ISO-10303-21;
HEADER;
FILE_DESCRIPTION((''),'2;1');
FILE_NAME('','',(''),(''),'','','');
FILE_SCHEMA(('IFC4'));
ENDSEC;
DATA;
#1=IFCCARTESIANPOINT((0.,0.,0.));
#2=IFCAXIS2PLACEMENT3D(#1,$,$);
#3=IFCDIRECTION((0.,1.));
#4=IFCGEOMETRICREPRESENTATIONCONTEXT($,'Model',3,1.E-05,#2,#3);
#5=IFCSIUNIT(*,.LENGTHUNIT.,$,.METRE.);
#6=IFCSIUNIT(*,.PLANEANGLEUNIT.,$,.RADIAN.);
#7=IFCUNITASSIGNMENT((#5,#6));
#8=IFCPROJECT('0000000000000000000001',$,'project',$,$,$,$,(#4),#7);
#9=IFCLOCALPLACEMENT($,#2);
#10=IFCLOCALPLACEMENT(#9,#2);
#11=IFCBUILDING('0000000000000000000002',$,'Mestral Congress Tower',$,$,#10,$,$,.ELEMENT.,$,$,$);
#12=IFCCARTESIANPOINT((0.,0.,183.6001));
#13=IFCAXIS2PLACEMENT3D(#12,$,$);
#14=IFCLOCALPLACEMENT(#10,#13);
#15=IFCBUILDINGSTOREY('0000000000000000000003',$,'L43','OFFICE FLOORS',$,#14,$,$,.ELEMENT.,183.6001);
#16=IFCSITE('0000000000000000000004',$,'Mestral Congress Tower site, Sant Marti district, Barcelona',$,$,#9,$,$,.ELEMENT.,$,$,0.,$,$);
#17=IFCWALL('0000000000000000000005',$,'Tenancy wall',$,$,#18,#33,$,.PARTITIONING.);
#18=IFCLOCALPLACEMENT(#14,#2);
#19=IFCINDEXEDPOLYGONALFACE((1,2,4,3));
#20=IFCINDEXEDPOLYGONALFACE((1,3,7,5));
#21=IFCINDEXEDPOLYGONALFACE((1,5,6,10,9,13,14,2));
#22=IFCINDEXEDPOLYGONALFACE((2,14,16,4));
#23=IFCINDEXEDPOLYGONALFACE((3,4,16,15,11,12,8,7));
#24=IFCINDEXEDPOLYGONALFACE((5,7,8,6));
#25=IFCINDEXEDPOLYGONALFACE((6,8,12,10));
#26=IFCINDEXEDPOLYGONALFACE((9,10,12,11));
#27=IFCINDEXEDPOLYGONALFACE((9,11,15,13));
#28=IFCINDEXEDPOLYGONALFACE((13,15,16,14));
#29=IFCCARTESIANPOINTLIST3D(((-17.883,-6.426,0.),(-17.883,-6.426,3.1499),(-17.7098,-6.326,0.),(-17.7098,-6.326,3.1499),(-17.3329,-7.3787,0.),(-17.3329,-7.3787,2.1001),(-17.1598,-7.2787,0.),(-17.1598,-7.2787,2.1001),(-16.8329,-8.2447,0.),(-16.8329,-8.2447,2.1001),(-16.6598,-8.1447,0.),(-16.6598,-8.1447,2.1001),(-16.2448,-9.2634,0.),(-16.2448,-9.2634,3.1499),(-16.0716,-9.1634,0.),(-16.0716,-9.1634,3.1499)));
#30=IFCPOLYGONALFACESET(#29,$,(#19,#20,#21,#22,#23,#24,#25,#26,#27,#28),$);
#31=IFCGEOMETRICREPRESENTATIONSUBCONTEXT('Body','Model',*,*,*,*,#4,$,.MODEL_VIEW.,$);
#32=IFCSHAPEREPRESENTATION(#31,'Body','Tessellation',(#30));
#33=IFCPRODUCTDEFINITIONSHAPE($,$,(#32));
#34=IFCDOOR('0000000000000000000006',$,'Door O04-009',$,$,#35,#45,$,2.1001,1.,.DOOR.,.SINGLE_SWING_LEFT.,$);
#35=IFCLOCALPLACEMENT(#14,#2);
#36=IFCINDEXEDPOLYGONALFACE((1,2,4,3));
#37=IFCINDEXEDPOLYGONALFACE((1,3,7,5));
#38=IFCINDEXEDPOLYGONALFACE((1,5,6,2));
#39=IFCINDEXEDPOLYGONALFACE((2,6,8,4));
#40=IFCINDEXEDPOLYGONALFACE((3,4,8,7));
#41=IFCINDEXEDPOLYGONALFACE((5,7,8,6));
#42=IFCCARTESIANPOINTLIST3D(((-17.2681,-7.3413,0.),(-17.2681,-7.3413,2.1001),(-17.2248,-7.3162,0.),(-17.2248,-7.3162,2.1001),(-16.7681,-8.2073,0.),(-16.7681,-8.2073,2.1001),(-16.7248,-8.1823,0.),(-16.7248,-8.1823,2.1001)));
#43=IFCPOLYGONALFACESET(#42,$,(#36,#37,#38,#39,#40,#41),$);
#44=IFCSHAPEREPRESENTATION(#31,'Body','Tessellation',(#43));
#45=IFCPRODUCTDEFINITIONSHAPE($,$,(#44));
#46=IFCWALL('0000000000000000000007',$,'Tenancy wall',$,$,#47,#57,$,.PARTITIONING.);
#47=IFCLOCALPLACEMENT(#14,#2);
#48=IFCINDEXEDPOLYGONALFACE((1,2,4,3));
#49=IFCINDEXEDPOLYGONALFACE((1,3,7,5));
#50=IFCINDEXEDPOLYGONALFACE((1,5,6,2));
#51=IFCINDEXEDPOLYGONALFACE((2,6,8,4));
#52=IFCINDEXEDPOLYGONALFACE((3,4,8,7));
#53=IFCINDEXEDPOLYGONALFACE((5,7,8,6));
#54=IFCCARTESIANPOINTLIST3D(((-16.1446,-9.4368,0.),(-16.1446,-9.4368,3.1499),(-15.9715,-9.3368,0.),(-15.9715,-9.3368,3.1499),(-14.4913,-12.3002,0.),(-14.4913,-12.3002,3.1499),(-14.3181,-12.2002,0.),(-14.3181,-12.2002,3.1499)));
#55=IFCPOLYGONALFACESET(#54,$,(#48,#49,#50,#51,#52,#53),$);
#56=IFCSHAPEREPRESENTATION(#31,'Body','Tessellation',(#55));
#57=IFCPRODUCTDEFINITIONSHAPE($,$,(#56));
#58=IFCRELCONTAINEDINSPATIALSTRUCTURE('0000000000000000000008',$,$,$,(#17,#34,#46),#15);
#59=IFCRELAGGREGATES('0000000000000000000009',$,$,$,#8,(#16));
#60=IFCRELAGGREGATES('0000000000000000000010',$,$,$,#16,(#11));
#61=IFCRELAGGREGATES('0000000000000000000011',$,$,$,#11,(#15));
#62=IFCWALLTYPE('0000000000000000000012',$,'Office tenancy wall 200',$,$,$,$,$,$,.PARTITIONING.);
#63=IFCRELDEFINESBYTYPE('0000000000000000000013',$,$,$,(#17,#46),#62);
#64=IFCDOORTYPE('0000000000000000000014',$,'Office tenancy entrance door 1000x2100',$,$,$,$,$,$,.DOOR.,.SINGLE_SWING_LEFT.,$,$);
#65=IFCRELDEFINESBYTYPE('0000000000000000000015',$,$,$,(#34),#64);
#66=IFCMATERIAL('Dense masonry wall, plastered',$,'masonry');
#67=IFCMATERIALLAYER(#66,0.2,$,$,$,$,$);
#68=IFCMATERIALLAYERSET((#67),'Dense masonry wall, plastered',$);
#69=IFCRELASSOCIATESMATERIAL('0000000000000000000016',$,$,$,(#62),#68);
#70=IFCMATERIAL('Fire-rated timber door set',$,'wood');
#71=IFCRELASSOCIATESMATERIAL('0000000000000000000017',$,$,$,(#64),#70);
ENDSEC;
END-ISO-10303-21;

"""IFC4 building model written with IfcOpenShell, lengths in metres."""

from ifc_helpers import new_model, si_unit, direction, frame, frame_2d, origin, place, context, subcontext, project, spatial, rectangle, extrude, material, layer, layer_set, type_object, element, fill, save


model = new_model("IFC4")

# Units and contexts
model_context = context("Model", 3, precision=1e-05, world=origin(), true_north=direction((0.0, 1.0)))
body_context = subcontext(model_context, "Body", "Model", "MODEL_VIEW")
ifc_project = project(units=[si_unit("LENGTHUNIT", "METRE"), si_unit("PLANEANGLEUNIT", "RADIAN")], contexts=[model_context])

# Site, building, storey
site_placement = place(None, origin())
site = spatial("IfcSite", under=ifc_project, at=site_placement, Name="Mestral Congress Tower site, Sant Marti district, Barcelona", CompositionType="ELEMENT", RefElevation=0.0)
building_placement = place(site_placement, origin())
building = spatial("IfcBuilding", under=site, at=building_placement, Name="Mestral Congress Tower", CompositionType="ELEMENT")
storey_placement = place(building_placement, frame((0.0, 0.0, 183.6001)))
storey = spatial("IfcBuildingStorey", under=building, at=storey_placement, Name="L43", Description="OFFICE FLOORS", CompositionType="ELEMENT", Elevation=183.6001)

# Shared definitions
ifc_material_1 = material(Name="Dense masonry wall, plastered", Category="masonry")
ifc_layer_1 = layer(ifc_material_1, 0.2)
ifc_layer_set_1 = layer_set([ifc_layer_1], Name="Dense masonry wall, plastered")
wall_type_1 = type_object("IfcWallType", Name="Office tenancy wall 200", PredefinedType="PARTITIONING", material=ifc_layer_set_1)

# Wall, opening, door
wall_1_placement = place(storey_placement, frame((-17.7964, -6.376, 0.0), z_axis=(0.0, 0.0, 1.0), x_axis=(0.500002, -0.866024, 0.0)))
wall_1 = element("IfcWall", 1, at=wall_1_placement, inside=storey, type_object=wall_type_1, Name="Tenancy wall", PredefinedType="PARTITIONING", context=body_context, shape_type="SweptSolid", body=[
    extrude(rectangle(XDim=3.2764, YDim=0.2, at=frame_2d((1.6382, 0.0))), origin(), (0.0, 0.0, 1.0), 3.1499),
])
opening_1_placement = place(wall_1_placement, frame((1.1001, 0.0, 0.0)))
opening_1 = element("IfcOpeningElement", 2, at=opening_1_placement, cuts=wall_1, PredefinedType="OPENING", context=body_context, shape_type="SweptSolid", body=[
    extrude(rectangle(XDim=1.0, YDim=2.1001, at=frame_2d((0.5, 1.05))), frame((0.0, 0.1099, 0.0), z_axis=(0.0, -1.0, 0.0), x_axis=(1.0, 0.0, 0.0)), (0.0, 0.0, 1.0), 0.22),
])
ifc_material_2 = material(Name="Fire-rated timber door set", Category="wood")
door_type = type_object("IfcDoorType", Name="Office tenancy entrance door 1000x2100", OperationType="SINGLE_SWING_LEFT", PredefinedType="DOOR", material=ifc_material_2)
door_placement = place(opening_1_placement, origin())
door = element("IfcDoor", 3, at=door_placement, inside=storey, type_object=door_type, Name="Door O04-009", OperationType="SINGLE_SWING_LEFT", OverallHeight=2.1001, OverallWidth=1.0, PredefinedType="DOOR", context=body_context, shape_type="SweptSolid", body=[
    extrude(rectangle(XDim=1.0, YDim=2.1001, at=frame_2d((0.5, 1.05))), frame((0.0, 0.0249, 0.0), z_axis=(0.0, -1.0, 0.0), x_axis=(1.0, 0.0, 0.0)), (0.0, 0.0, 1.0), 0.05),
])
fill(opening_1, door)

# Wall
wall_2_placement = place(storey_placement, frame((-16.0581, -9.3867, 0.0), z_axis=(0.0, 0.0, 1.0), x_axis=(0.500046, -0.865999, 0.0)))
element("IfcWall", 4, at=wall_2_placement, inside=storey, type_object=wall_type_1, Name="Tenancy wall", PredefinedType="PARTITIONING", context=body_context, shape_type="SweptSolid", body=[
    extrude(rectangle(XDim=3.3064, YDim=0.2, at=frame_2d((1.6533, 0.0))), origin(), (0.0, 0.0, 1.0), 3.1499),
])

save(model, "model.ifc")
